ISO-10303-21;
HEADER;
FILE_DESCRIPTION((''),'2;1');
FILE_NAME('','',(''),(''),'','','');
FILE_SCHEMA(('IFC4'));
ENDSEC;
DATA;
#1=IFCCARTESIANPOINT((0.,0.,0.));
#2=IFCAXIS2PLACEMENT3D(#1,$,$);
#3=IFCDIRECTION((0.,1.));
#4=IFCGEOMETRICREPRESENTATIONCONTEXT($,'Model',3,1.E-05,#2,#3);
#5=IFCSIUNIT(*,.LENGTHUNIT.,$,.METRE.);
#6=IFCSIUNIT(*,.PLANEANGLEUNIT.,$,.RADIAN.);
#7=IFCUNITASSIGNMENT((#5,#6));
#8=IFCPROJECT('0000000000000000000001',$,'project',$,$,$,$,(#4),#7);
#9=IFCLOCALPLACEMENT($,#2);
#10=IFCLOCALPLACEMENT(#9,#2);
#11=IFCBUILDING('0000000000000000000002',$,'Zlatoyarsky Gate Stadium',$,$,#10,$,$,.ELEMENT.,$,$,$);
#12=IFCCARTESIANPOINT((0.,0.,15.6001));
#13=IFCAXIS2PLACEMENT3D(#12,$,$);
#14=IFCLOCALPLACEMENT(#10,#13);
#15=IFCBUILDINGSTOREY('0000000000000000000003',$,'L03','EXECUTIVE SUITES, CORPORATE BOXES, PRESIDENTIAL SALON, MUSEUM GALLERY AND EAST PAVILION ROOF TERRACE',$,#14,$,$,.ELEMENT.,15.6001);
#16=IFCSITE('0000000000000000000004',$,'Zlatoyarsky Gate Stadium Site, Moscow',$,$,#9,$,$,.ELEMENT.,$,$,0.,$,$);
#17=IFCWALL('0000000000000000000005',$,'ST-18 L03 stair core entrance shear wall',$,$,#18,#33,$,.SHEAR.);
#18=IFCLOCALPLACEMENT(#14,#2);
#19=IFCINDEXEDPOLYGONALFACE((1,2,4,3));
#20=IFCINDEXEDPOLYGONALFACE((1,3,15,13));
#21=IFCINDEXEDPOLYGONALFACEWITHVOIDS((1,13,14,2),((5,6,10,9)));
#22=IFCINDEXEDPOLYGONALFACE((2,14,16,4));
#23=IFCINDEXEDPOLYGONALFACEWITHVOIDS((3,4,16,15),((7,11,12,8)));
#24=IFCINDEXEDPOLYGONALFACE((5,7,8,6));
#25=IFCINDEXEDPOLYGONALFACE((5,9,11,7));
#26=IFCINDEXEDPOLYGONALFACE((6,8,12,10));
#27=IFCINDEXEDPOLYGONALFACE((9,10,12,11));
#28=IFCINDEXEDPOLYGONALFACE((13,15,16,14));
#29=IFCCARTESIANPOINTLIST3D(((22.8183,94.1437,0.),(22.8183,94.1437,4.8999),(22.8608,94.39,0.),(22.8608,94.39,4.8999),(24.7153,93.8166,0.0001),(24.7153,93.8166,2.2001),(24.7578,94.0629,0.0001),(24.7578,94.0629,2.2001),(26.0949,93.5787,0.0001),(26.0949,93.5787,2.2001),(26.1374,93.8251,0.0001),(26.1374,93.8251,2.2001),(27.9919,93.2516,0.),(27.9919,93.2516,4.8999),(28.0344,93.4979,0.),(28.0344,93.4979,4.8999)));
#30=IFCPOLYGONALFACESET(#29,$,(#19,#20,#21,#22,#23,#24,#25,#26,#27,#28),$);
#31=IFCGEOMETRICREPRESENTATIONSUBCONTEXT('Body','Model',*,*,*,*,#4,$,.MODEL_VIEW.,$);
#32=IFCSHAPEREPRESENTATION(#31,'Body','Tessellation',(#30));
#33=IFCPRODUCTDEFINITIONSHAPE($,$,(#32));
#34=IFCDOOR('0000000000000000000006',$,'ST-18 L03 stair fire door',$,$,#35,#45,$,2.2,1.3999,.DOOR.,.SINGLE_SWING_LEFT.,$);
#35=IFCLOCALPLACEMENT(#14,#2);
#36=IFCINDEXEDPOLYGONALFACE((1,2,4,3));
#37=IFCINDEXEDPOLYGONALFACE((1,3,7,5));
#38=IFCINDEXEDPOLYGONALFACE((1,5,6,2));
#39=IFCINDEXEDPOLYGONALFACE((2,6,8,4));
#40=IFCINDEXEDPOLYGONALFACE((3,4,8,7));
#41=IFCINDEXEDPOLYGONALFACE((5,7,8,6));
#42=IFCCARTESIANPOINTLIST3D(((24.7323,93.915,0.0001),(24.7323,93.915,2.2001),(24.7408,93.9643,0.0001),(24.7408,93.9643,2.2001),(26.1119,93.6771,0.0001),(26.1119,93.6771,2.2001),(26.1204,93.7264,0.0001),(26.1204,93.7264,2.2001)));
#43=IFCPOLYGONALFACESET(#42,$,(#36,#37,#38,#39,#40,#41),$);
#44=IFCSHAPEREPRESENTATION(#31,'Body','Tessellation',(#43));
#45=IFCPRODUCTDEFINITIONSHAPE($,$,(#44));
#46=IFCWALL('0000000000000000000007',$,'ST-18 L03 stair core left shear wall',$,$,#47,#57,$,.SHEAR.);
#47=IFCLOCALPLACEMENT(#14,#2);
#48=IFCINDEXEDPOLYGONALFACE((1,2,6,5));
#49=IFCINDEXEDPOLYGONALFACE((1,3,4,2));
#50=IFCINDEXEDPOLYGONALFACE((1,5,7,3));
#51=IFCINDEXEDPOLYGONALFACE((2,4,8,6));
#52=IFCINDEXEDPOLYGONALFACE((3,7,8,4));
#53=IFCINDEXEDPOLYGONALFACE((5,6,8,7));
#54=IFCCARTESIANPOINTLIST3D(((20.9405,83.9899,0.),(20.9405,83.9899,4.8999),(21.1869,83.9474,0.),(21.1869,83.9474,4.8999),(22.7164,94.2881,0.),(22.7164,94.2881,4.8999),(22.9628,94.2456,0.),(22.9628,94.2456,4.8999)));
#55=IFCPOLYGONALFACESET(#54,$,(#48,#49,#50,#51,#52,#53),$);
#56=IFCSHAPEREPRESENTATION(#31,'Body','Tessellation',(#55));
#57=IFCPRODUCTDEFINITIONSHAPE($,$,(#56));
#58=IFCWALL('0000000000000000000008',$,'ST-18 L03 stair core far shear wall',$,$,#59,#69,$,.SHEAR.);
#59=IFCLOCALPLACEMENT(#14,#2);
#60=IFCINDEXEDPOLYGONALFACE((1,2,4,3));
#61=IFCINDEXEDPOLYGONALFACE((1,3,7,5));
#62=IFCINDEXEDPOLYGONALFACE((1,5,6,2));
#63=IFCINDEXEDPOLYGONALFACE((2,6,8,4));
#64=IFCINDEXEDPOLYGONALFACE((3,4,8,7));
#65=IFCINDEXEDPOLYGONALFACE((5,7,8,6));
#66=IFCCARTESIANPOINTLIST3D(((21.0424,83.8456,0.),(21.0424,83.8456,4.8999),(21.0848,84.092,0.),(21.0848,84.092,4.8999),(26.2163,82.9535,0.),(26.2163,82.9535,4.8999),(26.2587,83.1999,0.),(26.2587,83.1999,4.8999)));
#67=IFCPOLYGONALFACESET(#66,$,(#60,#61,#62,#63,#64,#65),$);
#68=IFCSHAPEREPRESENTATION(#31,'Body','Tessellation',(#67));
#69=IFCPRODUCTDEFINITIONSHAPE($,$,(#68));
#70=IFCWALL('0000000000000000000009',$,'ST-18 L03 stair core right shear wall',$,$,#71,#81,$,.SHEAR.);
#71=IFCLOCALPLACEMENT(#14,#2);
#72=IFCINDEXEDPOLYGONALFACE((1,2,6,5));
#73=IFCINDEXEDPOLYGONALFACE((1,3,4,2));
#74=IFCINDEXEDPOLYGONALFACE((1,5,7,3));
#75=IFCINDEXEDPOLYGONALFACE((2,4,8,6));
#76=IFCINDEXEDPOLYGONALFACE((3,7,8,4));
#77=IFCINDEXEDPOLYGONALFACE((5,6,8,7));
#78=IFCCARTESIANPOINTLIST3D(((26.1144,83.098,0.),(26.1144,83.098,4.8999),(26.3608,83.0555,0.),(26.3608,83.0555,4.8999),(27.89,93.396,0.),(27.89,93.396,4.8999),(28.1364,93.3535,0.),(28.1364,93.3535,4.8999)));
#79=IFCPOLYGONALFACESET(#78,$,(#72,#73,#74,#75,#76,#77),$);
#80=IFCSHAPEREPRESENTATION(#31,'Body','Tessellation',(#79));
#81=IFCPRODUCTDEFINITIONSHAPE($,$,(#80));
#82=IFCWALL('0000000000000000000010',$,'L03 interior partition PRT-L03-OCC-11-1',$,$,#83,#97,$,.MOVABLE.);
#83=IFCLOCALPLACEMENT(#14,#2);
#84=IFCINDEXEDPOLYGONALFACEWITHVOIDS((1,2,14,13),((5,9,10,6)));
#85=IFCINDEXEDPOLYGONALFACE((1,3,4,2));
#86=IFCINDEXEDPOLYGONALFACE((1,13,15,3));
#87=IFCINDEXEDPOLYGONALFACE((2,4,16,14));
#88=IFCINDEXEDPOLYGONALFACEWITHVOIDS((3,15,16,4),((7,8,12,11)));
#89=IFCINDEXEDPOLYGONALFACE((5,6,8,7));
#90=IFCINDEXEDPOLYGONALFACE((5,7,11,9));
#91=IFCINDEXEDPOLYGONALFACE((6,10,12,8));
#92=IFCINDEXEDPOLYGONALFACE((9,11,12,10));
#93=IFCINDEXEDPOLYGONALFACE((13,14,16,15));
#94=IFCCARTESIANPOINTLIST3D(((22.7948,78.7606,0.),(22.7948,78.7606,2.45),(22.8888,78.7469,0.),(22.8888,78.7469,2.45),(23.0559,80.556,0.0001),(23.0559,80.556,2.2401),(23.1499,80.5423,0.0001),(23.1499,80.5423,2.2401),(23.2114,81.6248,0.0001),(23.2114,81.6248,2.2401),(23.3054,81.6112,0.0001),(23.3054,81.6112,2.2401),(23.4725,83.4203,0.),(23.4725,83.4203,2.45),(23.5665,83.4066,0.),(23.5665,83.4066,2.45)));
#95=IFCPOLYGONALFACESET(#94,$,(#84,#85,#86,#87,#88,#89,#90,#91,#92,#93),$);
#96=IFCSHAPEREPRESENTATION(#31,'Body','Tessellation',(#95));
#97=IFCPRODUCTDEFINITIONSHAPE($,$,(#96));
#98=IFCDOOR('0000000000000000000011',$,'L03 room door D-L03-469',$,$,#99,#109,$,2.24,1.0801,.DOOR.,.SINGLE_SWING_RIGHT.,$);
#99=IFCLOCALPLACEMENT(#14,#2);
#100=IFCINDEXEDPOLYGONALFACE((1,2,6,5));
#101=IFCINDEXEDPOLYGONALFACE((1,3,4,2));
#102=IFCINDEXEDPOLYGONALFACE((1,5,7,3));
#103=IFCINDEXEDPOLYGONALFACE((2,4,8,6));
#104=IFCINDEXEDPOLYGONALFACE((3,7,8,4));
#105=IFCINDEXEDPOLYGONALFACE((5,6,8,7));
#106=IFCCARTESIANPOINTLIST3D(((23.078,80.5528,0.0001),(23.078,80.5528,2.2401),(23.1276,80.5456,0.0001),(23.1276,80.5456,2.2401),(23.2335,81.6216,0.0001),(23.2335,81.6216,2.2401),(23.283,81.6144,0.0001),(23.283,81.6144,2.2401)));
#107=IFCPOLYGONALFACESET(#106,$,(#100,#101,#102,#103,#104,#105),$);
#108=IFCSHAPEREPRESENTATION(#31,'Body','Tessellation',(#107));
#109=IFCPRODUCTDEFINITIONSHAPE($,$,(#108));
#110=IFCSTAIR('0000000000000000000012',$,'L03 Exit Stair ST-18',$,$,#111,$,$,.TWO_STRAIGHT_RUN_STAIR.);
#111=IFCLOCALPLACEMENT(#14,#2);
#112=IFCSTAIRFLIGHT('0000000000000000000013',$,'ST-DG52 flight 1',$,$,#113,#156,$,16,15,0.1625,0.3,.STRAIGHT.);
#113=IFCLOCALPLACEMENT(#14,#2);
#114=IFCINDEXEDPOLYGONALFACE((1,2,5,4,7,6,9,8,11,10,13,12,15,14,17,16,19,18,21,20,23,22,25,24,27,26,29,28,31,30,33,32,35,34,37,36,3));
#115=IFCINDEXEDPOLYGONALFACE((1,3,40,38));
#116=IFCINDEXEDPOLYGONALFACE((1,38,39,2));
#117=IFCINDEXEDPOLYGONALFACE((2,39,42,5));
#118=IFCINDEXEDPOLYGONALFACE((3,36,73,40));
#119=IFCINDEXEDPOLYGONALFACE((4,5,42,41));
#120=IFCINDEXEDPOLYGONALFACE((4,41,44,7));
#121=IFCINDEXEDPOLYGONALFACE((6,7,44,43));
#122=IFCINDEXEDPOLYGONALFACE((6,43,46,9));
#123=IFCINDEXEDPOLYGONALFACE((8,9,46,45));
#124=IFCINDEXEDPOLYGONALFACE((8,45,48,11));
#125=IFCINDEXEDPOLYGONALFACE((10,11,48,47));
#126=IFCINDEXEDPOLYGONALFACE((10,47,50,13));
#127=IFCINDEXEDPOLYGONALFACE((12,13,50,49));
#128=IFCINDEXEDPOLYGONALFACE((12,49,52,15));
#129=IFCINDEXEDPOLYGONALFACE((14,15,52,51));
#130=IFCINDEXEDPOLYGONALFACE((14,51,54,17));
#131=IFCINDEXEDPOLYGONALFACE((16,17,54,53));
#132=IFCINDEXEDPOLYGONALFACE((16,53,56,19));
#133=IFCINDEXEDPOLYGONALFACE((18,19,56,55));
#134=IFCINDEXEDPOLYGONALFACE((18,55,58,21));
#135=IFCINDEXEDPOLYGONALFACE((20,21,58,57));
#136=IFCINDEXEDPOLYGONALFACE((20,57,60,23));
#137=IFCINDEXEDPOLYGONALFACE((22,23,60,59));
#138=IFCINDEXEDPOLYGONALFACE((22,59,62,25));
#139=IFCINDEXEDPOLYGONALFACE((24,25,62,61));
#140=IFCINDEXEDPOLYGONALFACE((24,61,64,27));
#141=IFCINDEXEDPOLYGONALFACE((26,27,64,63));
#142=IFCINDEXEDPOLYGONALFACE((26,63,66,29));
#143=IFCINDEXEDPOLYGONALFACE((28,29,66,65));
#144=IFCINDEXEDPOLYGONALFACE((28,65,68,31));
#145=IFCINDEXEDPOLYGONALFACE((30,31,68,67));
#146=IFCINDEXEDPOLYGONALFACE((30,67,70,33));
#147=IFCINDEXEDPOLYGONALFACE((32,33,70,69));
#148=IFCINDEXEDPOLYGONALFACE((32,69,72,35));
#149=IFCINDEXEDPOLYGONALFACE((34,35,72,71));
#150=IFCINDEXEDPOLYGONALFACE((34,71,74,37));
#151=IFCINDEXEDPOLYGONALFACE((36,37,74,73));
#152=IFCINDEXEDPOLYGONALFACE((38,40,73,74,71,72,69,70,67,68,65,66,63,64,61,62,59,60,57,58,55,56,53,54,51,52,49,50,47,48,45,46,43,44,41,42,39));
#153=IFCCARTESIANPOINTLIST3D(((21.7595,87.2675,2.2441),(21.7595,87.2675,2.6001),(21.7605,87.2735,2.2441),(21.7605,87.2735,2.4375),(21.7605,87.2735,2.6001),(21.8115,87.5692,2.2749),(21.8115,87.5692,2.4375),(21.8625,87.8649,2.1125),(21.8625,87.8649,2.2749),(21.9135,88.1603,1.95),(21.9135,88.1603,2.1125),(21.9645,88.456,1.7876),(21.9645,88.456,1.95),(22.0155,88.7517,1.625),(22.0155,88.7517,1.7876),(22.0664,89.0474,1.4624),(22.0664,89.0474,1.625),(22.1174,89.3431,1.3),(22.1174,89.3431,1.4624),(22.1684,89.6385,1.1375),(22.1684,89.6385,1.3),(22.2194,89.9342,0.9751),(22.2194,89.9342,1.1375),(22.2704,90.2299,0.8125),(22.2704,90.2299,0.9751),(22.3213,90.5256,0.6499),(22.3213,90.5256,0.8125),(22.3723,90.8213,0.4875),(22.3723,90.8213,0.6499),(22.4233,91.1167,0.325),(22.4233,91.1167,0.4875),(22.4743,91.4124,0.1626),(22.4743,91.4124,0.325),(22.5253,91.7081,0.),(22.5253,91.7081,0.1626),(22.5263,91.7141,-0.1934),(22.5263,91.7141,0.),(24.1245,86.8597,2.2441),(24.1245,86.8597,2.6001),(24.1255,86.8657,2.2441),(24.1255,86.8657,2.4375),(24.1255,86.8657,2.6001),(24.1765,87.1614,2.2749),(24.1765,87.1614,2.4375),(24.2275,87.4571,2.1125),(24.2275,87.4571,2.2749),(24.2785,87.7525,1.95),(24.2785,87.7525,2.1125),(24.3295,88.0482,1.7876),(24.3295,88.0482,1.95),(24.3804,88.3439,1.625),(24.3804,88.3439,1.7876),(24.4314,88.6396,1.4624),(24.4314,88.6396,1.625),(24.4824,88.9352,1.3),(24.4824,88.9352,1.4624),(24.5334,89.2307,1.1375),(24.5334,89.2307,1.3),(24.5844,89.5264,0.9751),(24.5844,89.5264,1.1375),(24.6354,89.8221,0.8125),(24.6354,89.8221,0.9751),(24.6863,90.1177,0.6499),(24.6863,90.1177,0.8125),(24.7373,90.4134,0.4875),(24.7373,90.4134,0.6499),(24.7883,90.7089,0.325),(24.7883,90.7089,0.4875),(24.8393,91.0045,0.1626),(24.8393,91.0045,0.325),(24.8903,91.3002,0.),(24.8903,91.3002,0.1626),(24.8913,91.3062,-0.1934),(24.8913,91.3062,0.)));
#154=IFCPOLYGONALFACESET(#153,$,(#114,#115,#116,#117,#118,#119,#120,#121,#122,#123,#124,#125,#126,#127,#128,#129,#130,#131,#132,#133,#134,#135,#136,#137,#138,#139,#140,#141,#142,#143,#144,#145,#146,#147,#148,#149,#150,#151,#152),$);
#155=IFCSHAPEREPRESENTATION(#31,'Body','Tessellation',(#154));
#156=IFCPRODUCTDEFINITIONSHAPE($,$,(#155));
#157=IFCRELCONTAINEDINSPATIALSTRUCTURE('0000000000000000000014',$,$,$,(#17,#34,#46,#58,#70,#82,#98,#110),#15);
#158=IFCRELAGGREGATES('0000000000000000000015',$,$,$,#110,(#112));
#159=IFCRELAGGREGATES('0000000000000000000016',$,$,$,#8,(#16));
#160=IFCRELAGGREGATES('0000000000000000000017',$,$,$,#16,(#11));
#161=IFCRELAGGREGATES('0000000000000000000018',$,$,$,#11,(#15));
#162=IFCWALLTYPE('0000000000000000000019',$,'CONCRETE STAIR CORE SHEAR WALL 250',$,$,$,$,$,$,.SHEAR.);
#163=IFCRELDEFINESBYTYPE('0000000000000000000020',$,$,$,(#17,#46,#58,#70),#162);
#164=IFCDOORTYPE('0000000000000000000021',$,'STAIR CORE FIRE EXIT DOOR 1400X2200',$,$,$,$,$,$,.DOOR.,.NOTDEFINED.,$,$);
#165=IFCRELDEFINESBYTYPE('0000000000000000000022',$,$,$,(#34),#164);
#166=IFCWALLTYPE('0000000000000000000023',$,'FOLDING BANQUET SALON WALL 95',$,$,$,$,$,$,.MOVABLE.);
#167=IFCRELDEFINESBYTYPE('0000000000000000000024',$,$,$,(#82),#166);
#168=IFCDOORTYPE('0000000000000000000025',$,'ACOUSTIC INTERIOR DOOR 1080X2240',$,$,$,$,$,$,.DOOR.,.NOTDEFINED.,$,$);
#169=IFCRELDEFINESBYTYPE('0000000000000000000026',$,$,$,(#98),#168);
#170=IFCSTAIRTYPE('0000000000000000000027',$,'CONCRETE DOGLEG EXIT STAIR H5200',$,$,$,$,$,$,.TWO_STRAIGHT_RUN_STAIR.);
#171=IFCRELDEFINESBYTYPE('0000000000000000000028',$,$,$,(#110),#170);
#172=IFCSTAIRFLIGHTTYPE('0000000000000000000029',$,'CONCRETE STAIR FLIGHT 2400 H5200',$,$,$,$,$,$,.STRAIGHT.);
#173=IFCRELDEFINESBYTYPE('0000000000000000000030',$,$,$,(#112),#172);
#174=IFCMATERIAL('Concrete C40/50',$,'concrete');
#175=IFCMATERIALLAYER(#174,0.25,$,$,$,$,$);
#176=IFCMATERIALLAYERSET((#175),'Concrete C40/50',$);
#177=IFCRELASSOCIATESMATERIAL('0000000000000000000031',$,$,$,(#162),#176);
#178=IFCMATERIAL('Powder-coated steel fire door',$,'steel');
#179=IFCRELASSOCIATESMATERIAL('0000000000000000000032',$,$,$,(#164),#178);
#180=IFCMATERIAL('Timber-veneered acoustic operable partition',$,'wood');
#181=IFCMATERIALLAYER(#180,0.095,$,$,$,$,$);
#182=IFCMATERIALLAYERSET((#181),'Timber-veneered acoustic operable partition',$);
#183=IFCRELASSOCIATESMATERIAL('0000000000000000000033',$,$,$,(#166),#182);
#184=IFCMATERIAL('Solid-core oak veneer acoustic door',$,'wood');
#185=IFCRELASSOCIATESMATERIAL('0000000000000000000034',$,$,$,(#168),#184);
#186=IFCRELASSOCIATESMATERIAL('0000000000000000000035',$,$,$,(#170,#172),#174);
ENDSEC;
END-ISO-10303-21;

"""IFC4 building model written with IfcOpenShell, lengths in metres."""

from ifc_helpers import new_model, si_unit, direction, frame, frame_2d, origin, place, context, subcontext, project, spatial, polyline, rectangle, outline, extrude, material, layer, layer_set, type_object, element, fill, aggregate, save


model = new_model("IFC4")

# Units and contexts
model_context = context("Model", 3, precision=1e-05, world=origin(), true_north=direction((0.0, 1.0)))
body_context = subcontext(model_context, "Body", "Model", "MODEL_VIEW")
ifc_project = project(units=[si_unit("LENGTHUNIT", "METRE"), si_unit("PLANEANGLEUNIT", "RADIAN")], contexts=[model_context])

# Site, building, storey
site_placement = place(None, origin())
site = spatial("IfcSite", under=ifc_project, at=site_placement, Name="Zlatoyarsky Gate Stadium Site, Moscow", CompositionType="ELEMENT", RefElevation=0.0)
building_placement = place(site_placement, origin())
building = spatial("IfcBuilding", under=site, at=building_placement, Name="Zlatoyarsky Gate Stadium", CompositionType="ELEMENT")
storey_placement = place(building_placement, frame((0.0, 0.0, 15.6001)))
storey = spatial("IfcBuildingStorey", under=building, at=storey_placement, Name="L03", Description="EXECUTIVE SUITES, CORPORATE BOXES, PRESIDENTIAL SALON, MUSEUM GALLERY AND EAST PAVILION ROOF TERRACE", CompositionType="ELEMENT", Elevation=15.6001)

# Wall, opening, door
ifc_material_1 = material(Name="Concrete C40/50", Category="concrete")
ifc_layer_1 = layer(ifc_material_1, 0.25)
ifc_layer_set_1 = layer_set([ifc_layer_1], Name="Concrete C40/50")
wall_type_1 = type_object("IfcWallType", Name="CONCRETE STAIR CORE SHEAR WALL 250", PredefinedType="SHEAR", material=ifc_layer_set_1)
wall_1_placement = place(storey_placement, frame((28.0132, 93.3748, 0.0), z_axis=(0.0, 0.0, 1.0), x_axis=(-0.985457, 0.169924, 0.0)))
wall_1 = element("IfcWall", 1, at=wall_1_placement, inside=storey, type_object=wall_type_1, Name="ST-18 L03 stair core entrance shear wall", PredefinedType="SHEAR", context=body_context, shape_type="SweptSolid", body=[
    extrude(rectangle(XDim=5.25, YDim=0.25, at=frame_2d((2.625, 0.0))), origin(), (0.0, 0.0, 1.0), 4.8999),
])
opening_1_placement = place(wall_1_placement, frame((1.925, 0.0, 0.0)))
opening_1 = element("IfcOpeningElement", 2, at=opening_1_placement, cuts=wall_1, PredefinedType="OPENING", context=body_context, shape_type="SweptSolid", body=[
    extrude(rectangle(XDim=1.3999, YDim=2.2, at=frame_2d((0.7, 1.1001))), frame((0.0, 0.135, 0.0), z_axis=(0.0, -1.0, 0.0), x_axis=(1.0, 0.0, 0.0)), (0.0, 0.0, 1.0), 0.27),
])
ifc_material_2 = material(Name="Powder-coated steel fire door", Category="steel")
door_type_1 = type_object("IfcDoorType", Name="STAIR CORE FIRE EXIT DOOR 1400X2200", OperationType="NOTDEFINED", PredefinedType="DOOR", material=ifc_material_2)
door_1_placement = place(opening_1_placement, frame((1.3999, 0.0, 0.0), z_axis=(0.0, 0.0, 1.0), x_axis=(-1.0, 0.0, 0.0)))
door_1 = element("IfcDoor", 3, at=door_1_placement, inside=storey, type_object=door_type_1, Name="ST-18 L03 stair fire door", OperationType="SINGLE_SWING_LEFT", OverallHeight=2.2, OverallWidth=1.3999, PredefinedType="DOOR", context=body_context, shape_type="SweptSolid", body=[
    extrude(rectangle(XDim=1.3999, YDim=2.2, at=frame_2d((0.7, 1.1001))), frame((0.0, 0.0249, 0.0), z_axis=(0.0, -1.0, 0.0), x_axis=(1.0, 0.0, 0.0)), (0.0, 0.0, 1.0), 0.05),
])
fill(opening_1, door_1)

# Walls
wall_2_placement = place(storey_placement, frame((22.8396, 94.2668, 0.0), z_axis=(0.0, 0.0, 1.0), x_axis=(-0.169939, -0.985455, 0.0)))
element("IfcWall", 4, at=wall_2_placement, inside=storey, type_object=wall_type_1, Name="ST-18 L03 stair core left shear wall", PredefinedType="SHEAR", context=body_context, shape_type="SweptSolid", body=[
    extrude(rectangle(XDim=10.4502, YDim=0.25, at=frame_2d((5.2251, 0.0))), origin(), (0.0, 0.0, 1.0), 4.8999),
])
wall_3_placement = place(storey_placement, frame((21.0637, 83.9688, 0.0), z_axis=(0.0, 0.0, 1.0), x_axis=(0.985459, -0.169916, 0.0)))
element("IfcWall", 5, at=wall_3_placement, inside=storey, type_object=wall_type_1, Name="ST-18 L03 stair core far shear wall", PredefinedType="SHEAR", context=body_context, shape_type="SweptSolid", body=[
    extrude(rectangle(XDim=5.2502, YDim=0.25, at=frame_2d((2.625, 0.0))), origin(), (0.0, 0.0, 1.0), 4.8999),
])
wall_4_placement = place(storey_placement, frame((26.2375, 83.0767, 0.0), z_axis=(0.0, 0.0, 1.0), x_axis=(0.169916, 0.985458, 0.0)))
element("IfcWall", 6, at=wall_4_placement, inside=storey, type_object=wall_type_1, Name="ST-18 L03 stair core right shear wall", PredefinedType="SHEAR", context=body_context, shape_type="SweptSolid", body=[
    extrude(rectangle(XDim=10.45, YDim=0.25, at=frame_2d((5.2251, 0.0))), origin(), (0.0, 0.0, 1.0), 4.8999),
])

# Wall, opening, door
ifc_material_3 = material(Name="Timber-veneered acoustic operable partition", Category="wood")
ifc_layer_2 = layer(ifc_material_3, 0.095)
ifc_layer_set_2 = layer_set([ifc_layer_2], Name="Timber-veneered acoustic operable partition")
wall_type_2 = type_object("IfcWallType", Name="FOLDING BANQUET SALON WALL 95", PredefinedType="MOVABLE", material=ifc_layer_set_2)
wall_5_placement = place(storey_placement, frame((23.5195, 83.4136, 0.0), z_axis=(0.0, 0.0, 1.0), x_axis=(-0.143932, -0.989588, 0.0)))
wall_5 = element("IfcWall", 7, at=wall_5_placement, inside=storey, type_object=wall_type_2, Name="L03 interior partition PRT-L03-OCC-11-1", PredefinedType="MOVABLE", context=body_context, shape_type="SweptSolid", body=[
    extrude(rectangle(XDim=4.7087, YDim=0.095, at=frame_2d((2.3545, 0.0))), origin(), (0.0, 0.0, 1.0), 2.45),
])
opening_2_placement = place(wall_5_placement, frame((1.8145, 0.0, 0.0)))
opening_2 = element("IfcOpeningElement", 8, at=opening_2_placement, cuts=wall_5, PredefinedType="OPENING", context=body_context, shape_type="SweptSolid", body=[
    extrude(rectangle(XDim=1.0801, YDim=2.24, at=frame_2d((0.54, 1.1201))), frame((0.0, 0.0574, 0.0), z_axis=(0.0, -1.0, 0.0), x_axis=(1.0, 0.0, 0.0)), (0.0, 0.0, 1.0), 0.115),
])
ifc_material_4 = material(Name="Solid-core oak veneer acoustic door", Category="wood")
door_type_2 = type_object("IfcDoorType", Name="ACOUSTIC INTERIOR DOOR 1080X2240", OperationType="NOTDEFINED", PredefinedType="DOOR", material=ifc_material_4)
door_2_placement = place(opening_2_placement, origin())
door_2 = element("IfcDoor", 9, at=door_2_placement, inside=storey, type_object=door_type_2, Name="L03 room door D-L03-469", OperationType="SINGLE_SWING_RIGHT", OverallHeight=2.24, OverallWidth=1.0801, PredefinedType="DOOR", context=body_context, shape_type="SweptSolid", body=[
    extrude(rectangle(XDim=1.0801, YDim=2.24, at=frame_2d((0.54, 1.1201))), frame((0.0, 0.0249, 0.0), z_axis=(0.0, -1.0, 0.0), x_axis=(1.0, 0.0, 0.0)), (0.0, 0.0, 1.0), 0.05),
])
fill(opening_2, door_2)

# Stair, stair flight
stair_type = type_object("IfcStairType", Name="CONCRETE DOGLEG EXIT STAIR H5200", PredefinedType="TWO_STRAIGHT_RUN_STAIR", material=ifc_material_1)
stair_placement = place(storey_placement, origin())
stair = element("IfcStair", 10, at=stair_placement, inside=storey, type_object=stair_type, Name="L03 Exit Stair ST-18", PredefinedType="TWO_STRAIGHT_RUN_STAIR")
stair_flight_type = type_object("IfcStairFlightType", Name="CONCRETE STAIR FLIGHT 2400 H5200", PredefinedType="STRAIGHT", material=ifc_material_1)
stair_flight_1_placement = place(storey_placement, frame((23.7078, 91.5042, 0.0), z_axis=(0.0, 0.0, 1.0), x_axis=(-0.169938, -0.985455, 0.0)))
stair_flight_1 = element("IfcStairFlight", 11, at=stair_flight_1_placement, type_object=stair_flight_type, Name="ST-DG52 flight 1", NumberOfRisers=16, NumberOfTreads=15, PredefinedType="STRAIGHT", RiserHeight=0.1625, TreadLength=0.3, context=body_context, shape_type="SweptSolid", body=[
    extrude(outline(polyline([(-0.0061, -0.1934), (-0.0061, 0.0), (0.0, 0.0), (0.0, 0.1626), (0.3, 0.1626), (0.3, 0.325), (0.6001, 0.325), (0.6001, 0.4875), (0.8999, 0.4875), (0.8999, 0.6499), (1.2, 0.6499), (1.2, 0.8125), (1.5, 0.8125), (1.5, 0.9751), (1.8, 0.9751), (1.8, 1.1375), (2.1001, 1.1375), (2.1001, 1.3), (2.3999, 1.3), (2.3999, 1.4624), (2.7, 1.4624), (2.7, 1.625), (3.0, 1.625), (3.0, 1.7876), (3.3, 1.7876), (3.3, 1.95), (3.6001, 1.95), (3.6001, 2.1125), (3.8999, 2.1125), (3.8999, 2.2749), (4.2, 2.2749), (4.2, 2.4375), (4.5, 2.4375), (4.5, 2.6001), (4.5061, 2.6001), (4.5061, 2.2441), (4.5, 2.2441), (-0.0061, -0.1934)])), frame((0.0, 1.2, 0.0), z_axis=(0.0, -1.0, 0.0), x_axis=(1.0, 0.0, 0.0)), (0.0, 0.0, 1.0), 2.3999),
])
aggregate(stair, [stair_flight_1])

save(model, "model.ifc")
